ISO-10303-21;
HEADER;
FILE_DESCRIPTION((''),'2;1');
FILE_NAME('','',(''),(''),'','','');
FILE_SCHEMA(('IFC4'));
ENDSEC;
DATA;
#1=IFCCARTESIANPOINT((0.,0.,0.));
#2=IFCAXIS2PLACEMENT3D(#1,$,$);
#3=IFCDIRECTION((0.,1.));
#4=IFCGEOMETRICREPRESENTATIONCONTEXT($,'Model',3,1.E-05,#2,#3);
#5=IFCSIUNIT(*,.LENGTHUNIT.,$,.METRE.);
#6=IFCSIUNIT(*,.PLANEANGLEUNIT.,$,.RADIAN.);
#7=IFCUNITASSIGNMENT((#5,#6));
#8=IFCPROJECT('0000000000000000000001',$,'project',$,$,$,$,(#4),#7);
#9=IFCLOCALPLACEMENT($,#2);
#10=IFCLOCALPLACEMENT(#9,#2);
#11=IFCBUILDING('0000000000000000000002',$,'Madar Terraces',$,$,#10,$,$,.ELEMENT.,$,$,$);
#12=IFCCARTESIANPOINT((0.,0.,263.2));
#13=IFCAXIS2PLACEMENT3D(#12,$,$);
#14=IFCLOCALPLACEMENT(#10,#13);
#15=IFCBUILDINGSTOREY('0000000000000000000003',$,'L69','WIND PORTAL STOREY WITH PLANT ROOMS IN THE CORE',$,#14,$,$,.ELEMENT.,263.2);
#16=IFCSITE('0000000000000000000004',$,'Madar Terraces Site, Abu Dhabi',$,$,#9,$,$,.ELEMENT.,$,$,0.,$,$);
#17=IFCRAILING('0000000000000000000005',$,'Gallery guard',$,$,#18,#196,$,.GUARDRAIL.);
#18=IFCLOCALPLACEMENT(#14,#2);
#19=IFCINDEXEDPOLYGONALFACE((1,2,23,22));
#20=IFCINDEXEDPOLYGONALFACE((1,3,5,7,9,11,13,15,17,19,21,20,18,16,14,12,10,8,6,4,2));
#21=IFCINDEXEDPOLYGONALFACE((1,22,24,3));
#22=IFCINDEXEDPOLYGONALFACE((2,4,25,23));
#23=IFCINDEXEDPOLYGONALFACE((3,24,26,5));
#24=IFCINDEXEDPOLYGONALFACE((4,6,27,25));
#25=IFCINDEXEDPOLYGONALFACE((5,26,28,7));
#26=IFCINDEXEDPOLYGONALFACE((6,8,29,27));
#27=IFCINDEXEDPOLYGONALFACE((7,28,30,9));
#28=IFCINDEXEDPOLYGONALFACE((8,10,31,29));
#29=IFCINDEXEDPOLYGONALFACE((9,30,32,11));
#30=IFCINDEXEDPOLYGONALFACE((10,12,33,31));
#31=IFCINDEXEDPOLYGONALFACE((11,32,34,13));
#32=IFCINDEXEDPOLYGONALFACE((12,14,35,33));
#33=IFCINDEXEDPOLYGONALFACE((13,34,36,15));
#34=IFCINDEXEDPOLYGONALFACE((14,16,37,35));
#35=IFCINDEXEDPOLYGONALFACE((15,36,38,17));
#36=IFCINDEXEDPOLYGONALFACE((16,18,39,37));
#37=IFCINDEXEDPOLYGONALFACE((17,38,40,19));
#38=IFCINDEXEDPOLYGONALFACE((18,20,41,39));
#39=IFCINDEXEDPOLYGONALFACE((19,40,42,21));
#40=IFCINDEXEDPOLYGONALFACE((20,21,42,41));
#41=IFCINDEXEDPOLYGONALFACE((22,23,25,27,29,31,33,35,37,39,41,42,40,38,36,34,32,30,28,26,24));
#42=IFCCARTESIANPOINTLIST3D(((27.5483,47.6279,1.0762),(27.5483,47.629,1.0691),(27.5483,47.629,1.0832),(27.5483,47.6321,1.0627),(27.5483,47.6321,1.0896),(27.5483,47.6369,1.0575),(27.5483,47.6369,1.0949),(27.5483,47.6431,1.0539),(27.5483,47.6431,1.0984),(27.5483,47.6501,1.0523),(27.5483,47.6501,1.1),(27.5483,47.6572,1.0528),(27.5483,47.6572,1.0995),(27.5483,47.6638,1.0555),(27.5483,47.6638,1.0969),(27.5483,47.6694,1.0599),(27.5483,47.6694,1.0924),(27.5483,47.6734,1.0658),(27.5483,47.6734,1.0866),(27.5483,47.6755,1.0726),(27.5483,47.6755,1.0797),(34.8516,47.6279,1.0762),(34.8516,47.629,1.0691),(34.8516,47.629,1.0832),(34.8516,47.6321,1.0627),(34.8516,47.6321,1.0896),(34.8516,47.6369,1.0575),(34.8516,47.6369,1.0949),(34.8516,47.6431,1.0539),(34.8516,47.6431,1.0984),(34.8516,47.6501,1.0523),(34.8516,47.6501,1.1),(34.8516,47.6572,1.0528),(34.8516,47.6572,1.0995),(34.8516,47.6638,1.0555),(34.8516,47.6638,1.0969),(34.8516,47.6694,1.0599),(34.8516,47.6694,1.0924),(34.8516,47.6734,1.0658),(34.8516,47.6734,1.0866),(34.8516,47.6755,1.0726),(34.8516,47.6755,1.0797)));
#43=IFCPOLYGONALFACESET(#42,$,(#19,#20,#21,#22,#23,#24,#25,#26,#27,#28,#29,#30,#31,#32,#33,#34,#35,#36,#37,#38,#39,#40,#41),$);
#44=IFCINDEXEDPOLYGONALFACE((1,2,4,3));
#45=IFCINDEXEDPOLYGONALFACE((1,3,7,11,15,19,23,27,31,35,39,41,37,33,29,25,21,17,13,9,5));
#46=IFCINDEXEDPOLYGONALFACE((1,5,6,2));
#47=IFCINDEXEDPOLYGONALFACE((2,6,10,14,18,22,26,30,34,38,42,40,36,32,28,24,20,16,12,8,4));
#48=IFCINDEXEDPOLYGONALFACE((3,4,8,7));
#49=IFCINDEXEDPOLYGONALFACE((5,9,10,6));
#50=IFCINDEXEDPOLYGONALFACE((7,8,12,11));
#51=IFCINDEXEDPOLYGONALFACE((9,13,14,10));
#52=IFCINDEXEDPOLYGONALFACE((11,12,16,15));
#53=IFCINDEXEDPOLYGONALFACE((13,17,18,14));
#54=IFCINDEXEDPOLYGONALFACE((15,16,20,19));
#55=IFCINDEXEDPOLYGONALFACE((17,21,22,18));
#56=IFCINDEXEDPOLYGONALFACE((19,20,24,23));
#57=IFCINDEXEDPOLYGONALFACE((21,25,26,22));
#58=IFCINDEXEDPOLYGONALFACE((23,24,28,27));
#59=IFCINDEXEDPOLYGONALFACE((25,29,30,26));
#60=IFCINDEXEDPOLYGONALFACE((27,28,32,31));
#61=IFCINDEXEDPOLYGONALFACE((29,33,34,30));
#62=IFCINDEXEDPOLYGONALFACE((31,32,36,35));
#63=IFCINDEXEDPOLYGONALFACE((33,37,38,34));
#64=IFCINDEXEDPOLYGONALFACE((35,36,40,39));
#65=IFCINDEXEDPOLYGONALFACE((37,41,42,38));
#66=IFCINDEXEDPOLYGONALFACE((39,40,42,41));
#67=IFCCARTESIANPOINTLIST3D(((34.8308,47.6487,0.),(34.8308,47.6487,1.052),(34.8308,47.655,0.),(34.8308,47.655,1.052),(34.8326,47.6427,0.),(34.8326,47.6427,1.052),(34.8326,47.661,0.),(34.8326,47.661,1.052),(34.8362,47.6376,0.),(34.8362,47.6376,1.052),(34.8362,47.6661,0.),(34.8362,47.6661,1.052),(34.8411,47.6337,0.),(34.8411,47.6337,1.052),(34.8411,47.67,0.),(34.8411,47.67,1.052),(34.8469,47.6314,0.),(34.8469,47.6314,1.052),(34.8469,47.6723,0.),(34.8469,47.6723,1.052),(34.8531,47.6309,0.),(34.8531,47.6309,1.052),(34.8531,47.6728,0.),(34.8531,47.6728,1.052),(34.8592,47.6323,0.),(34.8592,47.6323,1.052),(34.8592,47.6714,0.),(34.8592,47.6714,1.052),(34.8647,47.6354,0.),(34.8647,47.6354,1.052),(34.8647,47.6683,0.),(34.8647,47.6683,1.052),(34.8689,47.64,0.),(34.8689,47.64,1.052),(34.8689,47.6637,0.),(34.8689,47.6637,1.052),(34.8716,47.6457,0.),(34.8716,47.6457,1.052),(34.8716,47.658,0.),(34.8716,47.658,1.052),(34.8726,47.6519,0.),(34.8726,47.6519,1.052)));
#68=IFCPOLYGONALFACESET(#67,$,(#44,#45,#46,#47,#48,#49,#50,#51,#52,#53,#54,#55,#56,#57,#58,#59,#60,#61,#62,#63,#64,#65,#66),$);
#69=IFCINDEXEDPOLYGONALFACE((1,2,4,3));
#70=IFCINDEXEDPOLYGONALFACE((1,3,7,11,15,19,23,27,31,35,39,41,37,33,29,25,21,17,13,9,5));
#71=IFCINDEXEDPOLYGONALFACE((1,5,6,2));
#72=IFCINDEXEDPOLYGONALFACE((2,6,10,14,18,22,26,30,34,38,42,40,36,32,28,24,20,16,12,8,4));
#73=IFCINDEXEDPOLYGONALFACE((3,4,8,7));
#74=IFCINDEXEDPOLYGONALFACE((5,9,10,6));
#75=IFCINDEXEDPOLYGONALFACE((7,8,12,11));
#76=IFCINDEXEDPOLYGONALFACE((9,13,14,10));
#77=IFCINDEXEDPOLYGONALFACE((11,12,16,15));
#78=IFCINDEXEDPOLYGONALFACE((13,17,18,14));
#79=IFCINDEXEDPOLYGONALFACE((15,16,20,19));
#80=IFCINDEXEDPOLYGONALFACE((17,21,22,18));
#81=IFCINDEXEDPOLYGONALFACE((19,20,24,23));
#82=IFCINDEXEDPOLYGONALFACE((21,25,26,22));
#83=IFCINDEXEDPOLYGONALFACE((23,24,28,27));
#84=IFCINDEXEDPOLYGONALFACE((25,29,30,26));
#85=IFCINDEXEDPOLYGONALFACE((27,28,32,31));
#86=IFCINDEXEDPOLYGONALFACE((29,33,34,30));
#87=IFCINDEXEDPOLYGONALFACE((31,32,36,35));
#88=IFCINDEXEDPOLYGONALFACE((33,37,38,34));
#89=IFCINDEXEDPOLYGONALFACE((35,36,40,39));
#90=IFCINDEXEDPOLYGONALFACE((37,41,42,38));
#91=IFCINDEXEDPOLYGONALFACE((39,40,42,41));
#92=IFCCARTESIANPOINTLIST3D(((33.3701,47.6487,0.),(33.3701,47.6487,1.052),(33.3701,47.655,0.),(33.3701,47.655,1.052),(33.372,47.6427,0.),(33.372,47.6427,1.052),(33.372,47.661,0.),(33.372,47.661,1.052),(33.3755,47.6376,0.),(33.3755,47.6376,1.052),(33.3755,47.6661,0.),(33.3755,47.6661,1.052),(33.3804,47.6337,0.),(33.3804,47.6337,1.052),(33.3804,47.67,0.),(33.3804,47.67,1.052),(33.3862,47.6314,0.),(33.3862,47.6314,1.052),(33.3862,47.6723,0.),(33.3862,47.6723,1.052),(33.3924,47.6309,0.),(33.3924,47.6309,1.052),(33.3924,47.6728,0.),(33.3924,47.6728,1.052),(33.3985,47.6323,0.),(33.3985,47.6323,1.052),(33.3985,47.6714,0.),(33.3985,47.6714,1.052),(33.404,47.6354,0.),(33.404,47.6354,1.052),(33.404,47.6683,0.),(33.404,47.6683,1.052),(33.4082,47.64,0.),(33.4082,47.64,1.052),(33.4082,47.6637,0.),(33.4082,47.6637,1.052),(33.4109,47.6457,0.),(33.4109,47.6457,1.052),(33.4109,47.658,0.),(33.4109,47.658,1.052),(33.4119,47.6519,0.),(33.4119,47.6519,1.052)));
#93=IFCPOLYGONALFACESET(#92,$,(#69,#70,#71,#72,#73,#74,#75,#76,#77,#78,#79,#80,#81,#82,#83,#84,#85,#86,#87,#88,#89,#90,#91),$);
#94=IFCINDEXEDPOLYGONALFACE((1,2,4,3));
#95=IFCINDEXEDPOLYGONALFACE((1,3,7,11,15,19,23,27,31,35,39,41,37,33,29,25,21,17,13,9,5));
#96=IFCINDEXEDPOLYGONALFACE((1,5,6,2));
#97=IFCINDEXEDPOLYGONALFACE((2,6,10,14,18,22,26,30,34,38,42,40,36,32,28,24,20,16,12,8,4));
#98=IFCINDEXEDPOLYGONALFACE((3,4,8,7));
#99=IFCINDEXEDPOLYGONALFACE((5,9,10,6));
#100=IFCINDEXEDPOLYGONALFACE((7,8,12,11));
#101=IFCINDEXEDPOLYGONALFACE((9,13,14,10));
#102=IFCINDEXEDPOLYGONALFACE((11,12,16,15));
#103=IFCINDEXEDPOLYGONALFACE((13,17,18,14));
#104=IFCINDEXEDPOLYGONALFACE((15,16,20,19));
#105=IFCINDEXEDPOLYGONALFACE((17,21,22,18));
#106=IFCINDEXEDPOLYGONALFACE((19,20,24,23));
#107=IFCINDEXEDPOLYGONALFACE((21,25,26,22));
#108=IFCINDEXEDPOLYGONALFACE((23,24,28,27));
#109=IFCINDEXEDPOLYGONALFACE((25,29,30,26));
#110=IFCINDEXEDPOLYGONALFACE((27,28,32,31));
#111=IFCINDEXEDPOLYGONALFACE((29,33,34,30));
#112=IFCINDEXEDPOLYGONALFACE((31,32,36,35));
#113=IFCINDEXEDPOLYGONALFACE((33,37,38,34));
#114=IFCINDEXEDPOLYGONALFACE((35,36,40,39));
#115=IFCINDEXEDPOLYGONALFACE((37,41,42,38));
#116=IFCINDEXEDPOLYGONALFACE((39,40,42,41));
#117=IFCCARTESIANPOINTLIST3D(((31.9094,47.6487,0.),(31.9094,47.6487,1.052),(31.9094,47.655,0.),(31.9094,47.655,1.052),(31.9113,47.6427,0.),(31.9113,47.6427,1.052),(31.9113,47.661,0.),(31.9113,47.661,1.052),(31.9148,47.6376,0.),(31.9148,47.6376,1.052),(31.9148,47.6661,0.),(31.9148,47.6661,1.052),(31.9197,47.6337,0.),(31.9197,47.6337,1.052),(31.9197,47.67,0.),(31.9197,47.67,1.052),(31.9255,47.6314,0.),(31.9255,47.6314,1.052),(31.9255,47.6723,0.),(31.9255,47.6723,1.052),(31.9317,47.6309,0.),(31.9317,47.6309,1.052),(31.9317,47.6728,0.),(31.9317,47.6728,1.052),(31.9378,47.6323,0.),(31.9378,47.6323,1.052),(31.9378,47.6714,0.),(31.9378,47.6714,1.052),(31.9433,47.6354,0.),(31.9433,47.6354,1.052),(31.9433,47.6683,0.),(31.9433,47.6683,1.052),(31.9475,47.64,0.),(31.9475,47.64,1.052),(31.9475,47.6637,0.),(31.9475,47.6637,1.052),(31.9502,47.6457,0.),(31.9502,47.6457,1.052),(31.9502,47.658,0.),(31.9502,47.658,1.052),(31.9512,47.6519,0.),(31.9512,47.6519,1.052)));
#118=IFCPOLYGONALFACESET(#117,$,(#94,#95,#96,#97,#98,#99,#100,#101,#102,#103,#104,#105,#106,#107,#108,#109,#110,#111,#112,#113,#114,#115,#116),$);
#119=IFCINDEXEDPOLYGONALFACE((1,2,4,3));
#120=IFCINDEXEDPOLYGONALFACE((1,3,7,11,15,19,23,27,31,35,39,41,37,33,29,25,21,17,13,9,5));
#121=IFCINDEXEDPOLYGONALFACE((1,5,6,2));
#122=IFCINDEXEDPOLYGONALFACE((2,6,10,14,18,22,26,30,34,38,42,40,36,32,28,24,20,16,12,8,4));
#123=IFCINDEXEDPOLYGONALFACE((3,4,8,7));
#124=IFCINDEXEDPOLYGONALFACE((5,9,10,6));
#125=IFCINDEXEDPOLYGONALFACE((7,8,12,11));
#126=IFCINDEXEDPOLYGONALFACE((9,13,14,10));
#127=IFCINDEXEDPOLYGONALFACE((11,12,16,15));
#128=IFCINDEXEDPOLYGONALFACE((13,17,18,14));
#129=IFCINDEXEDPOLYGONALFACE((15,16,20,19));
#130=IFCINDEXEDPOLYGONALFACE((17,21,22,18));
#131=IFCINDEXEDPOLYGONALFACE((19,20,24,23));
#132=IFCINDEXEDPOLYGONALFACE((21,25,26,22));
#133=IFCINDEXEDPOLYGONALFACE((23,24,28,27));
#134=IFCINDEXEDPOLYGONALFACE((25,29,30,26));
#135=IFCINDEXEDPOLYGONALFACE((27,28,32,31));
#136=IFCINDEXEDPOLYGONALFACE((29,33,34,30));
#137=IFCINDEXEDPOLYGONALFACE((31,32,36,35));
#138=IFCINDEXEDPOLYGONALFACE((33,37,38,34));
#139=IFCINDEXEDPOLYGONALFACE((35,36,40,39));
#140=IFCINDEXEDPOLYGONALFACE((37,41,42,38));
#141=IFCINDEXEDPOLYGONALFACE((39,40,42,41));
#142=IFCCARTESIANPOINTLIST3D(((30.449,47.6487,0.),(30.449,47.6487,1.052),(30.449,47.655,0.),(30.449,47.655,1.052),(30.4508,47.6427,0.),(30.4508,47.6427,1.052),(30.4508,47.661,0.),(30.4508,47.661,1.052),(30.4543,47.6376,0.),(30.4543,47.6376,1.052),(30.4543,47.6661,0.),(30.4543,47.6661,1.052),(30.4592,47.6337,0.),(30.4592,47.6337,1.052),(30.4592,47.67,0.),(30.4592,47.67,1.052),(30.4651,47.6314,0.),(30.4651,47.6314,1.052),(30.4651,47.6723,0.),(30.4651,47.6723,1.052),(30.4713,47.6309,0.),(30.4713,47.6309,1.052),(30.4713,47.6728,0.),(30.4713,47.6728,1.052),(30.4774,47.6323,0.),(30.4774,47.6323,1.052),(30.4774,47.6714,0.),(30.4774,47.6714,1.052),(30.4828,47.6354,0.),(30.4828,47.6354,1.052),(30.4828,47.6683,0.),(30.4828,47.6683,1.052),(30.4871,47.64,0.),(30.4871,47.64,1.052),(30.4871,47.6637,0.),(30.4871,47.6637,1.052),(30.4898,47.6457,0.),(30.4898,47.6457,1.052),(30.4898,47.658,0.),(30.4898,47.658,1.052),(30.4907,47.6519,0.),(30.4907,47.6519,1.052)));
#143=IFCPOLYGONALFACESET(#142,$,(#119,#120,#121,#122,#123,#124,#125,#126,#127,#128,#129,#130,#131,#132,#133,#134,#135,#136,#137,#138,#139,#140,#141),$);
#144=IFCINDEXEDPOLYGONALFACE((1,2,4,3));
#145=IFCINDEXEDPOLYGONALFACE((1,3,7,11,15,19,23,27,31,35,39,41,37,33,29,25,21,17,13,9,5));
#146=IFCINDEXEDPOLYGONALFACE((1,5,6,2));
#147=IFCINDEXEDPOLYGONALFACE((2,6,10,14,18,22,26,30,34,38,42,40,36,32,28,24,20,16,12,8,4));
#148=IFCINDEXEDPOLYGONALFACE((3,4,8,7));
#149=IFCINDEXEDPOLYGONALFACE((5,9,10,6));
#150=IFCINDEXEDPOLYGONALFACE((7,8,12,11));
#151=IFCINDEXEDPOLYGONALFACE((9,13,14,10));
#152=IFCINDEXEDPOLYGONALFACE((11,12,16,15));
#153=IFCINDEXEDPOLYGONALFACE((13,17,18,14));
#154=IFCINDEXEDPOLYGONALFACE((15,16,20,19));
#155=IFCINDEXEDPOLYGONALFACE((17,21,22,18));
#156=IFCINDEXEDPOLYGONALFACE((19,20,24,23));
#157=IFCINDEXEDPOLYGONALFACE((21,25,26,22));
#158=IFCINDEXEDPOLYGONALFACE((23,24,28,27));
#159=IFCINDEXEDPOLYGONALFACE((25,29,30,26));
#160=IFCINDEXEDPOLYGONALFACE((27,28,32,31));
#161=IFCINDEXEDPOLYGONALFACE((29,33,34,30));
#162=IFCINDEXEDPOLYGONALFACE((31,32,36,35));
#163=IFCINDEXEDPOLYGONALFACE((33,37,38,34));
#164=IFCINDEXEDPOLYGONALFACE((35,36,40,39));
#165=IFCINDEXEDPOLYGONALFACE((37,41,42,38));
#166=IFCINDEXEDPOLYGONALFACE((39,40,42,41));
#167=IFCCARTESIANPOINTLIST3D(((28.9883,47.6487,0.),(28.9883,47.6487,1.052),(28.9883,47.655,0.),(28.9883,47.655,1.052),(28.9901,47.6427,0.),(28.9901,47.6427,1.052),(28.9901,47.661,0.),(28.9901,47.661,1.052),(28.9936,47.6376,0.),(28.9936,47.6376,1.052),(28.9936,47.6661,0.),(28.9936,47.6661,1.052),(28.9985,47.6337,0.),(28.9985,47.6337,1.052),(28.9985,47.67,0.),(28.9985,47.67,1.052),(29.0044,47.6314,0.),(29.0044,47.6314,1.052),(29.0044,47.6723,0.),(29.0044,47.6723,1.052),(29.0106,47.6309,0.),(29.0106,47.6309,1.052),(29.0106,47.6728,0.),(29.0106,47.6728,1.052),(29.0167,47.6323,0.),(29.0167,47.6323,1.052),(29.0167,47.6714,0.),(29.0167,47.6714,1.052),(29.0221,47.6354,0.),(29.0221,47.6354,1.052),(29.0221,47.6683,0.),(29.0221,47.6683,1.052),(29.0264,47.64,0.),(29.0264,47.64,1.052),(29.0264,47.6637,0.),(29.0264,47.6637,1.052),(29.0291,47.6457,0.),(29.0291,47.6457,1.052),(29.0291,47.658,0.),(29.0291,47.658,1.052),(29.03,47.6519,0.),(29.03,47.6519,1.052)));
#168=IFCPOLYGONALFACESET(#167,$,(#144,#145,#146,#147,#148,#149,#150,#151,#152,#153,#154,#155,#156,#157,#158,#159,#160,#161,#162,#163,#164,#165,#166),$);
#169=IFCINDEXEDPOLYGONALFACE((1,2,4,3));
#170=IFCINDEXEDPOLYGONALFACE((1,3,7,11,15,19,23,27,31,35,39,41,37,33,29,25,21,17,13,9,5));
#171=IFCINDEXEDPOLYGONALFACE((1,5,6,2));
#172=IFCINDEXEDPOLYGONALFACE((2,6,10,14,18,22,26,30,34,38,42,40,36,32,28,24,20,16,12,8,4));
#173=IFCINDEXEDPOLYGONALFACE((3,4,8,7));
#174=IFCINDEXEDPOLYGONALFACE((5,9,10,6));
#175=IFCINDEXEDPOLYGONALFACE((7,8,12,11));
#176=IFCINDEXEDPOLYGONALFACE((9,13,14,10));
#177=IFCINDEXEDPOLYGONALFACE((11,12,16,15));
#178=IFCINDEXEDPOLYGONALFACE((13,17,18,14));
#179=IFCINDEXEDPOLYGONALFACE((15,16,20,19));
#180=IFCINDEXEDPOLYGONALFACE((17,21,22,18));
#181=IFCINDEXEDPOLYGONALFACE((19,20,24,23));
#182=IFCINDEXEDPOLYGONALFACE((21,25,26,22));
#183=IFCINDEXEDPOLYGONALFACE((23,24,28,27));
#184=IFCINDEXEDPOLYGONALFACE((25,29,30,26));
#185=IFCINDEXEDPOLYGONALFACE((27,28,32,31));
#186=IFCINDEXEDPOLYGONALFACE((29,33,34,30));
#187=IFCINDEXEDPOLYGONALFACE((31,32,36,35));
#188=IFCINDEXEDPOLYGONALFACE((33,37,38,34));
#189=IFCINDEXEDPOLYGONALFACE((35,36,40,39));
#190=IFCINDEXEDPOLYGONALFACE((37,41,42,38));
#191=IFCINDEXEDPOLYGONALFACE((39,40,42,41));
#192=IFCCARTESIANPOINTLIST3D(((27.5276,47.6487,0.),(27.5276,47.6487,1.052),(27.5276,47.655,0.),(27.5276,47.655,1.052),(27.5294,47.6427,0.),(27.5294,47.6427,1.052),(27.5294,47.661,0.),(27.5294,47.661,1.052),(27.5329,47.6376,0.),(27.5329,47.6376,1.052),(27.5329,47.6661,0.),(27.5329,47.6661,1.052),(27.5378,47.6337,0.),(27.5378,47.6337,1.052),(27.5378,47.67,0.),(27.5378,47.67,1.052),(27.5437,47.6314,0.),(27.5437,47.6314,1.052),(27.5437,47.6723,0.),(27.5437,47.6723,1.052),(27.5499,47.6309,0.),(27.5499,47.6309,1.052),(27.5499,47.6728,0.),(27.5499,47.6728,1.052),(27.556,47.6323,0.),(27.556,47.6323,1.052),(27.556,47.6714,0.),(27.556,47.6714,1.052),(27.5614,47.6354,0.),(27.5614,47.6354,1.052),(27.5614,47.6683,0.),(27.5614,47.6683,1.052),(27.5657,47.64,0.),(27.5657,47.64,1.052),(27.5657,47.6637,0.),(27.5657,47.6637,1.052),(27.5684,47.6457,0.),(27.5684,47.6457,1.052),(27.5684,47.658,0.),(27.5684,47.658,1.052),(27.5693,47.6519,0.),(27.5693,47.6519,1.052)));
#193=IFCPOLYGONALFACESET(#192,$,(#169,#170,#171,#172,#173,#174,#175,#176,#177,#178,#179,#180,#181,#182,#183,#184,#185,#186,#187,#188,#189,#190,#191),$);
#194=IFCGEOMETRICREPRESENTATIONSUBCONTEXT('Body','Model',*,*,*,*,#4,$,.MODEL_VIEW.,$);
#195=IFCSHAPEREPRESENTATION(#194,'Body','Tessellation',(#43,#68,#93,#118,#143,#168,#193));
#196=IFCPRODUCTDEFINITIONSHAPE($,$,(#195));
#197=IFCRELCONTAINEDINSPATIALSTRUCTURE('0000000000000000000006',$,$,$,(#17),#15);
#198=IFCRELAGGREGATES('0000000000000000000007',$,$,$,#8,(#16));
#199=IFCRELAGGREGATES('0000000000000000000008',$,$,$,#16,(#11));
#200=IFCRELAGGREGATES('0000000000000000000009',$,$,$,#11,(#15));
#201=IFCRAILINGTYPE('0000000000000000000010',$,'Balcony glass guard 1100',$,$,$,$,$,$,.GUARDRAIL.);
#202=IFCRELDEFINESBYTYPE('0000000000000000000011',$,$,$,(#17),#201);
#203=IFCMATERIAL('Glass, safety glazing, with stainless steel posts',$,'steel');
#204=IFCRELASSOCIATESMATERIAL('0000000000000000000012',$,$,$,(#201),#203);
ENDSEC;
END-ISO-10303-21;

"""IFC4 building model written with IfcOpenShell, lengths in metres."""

from ifc_helpers import new_model, si_unit, direction, frame, origin, origin_2d, place, context, subcontext, project, spatial, circle, extrude, material, type_object, element, save


model = new_model("IFC4")

# Units and contexts
model_context = context("Model", 3, precision=1e-05, world=origin(), true_north=direction((0.0, 1.0)))
body_context = subcontext(model_context, "Body", "Model", "MODEL_VIEW")
ifc_project = project(units=[si_unit("LENGTHUNIT", "METRE"), si_unit("PLANEANGLEUNIT", "RADIAN")], contexts=[model_context])

# Site, building, storey
site_placement = place(None, origin())
site = spatial("IfcSite", under=ifc_project, at=site_placement, Name="Madar Terraces Site, Abu Dhabi", CompositionType="ELEMENT", RefElevation=0.0)
building_placement = place(site_placement, origin())
building = spatial("IfcBuilding", under=site, at=building_placement, Name="Madar Terraces", CompositionType="ELEMENT")
storey_placement = place(building_placement, frame((0.0, 0.0, 263.2)))
storey = spatial("IfcBuildingStorey", under=building, at=storey_placement, Name="L69", Description="WIND PORTAL STOREY WITH PLANT ROOMS IN THE CORE", CompositionType="ELEMENT", Elevation=263.2)

# Railing
ifc_material_1 = material(Name="Glass, safety glazing, with stainless steel posts", Category="steel")
railing_type = type_object("IfcRailingType", Name="Balcony glass guard 1100", PredefinedType="GUARDRAIL", material=ifc_material_1)
railing_1_placement = place(storey_placement, frame((34.8516, 47.6519, 0.0)))
element("IfcRailing", 1, at=railing_1_placement, inside=storey, type_object=railing_type, Name="Gallery guard", PredefinedType="GUARDRAIL", context=body_context, shape_type="SweptSolid", body=[
    extrude(circle(Radius=0.0239, at=origin_2d()), frame((0.0, 0.0, 1.0762), z_axis=(-1.0, 0.0, 0.0), x_axis=(0.0, -1.0, 0.0)), (0.0, 0.0, 1.0), 7.3032),
    extrude(circle(Radius=0.021, at=origin_2d()), origin(), (0.0, 0.0, 1.0), 1.052),
    extrude(circle(Radius=0.021, at=origin_2d()), frame((-1.4607, 0.0, 0.0)), (0.0, 0.0, 1.0), 1.052),
    extrude(circle(Radius=0.021, at=origin_2d()), frame((-2.9214, 0.0, 0.0)), (0.0, 0.0, 1.0), 1.052),
    extrude(circle(Radius=0.021, at=origin_2d()), frame((-4.3818, 0.0, 0.0)), (0.0, 0.0, 1.0), 1.052),
    extrude(circle(Radius=0.021, at=origin_2d()), frame((-5.8425, 0.0, 0.0)), (0.0, 0.0, 1.0), 1.052),
    extrude(circle(Radius=0.021, at=origin_2d()), frame((-7.3032, 0.0, 0.0)), (0.0, 0.0, 1.0), 1.052),
])

save(model, "model.ifc")
